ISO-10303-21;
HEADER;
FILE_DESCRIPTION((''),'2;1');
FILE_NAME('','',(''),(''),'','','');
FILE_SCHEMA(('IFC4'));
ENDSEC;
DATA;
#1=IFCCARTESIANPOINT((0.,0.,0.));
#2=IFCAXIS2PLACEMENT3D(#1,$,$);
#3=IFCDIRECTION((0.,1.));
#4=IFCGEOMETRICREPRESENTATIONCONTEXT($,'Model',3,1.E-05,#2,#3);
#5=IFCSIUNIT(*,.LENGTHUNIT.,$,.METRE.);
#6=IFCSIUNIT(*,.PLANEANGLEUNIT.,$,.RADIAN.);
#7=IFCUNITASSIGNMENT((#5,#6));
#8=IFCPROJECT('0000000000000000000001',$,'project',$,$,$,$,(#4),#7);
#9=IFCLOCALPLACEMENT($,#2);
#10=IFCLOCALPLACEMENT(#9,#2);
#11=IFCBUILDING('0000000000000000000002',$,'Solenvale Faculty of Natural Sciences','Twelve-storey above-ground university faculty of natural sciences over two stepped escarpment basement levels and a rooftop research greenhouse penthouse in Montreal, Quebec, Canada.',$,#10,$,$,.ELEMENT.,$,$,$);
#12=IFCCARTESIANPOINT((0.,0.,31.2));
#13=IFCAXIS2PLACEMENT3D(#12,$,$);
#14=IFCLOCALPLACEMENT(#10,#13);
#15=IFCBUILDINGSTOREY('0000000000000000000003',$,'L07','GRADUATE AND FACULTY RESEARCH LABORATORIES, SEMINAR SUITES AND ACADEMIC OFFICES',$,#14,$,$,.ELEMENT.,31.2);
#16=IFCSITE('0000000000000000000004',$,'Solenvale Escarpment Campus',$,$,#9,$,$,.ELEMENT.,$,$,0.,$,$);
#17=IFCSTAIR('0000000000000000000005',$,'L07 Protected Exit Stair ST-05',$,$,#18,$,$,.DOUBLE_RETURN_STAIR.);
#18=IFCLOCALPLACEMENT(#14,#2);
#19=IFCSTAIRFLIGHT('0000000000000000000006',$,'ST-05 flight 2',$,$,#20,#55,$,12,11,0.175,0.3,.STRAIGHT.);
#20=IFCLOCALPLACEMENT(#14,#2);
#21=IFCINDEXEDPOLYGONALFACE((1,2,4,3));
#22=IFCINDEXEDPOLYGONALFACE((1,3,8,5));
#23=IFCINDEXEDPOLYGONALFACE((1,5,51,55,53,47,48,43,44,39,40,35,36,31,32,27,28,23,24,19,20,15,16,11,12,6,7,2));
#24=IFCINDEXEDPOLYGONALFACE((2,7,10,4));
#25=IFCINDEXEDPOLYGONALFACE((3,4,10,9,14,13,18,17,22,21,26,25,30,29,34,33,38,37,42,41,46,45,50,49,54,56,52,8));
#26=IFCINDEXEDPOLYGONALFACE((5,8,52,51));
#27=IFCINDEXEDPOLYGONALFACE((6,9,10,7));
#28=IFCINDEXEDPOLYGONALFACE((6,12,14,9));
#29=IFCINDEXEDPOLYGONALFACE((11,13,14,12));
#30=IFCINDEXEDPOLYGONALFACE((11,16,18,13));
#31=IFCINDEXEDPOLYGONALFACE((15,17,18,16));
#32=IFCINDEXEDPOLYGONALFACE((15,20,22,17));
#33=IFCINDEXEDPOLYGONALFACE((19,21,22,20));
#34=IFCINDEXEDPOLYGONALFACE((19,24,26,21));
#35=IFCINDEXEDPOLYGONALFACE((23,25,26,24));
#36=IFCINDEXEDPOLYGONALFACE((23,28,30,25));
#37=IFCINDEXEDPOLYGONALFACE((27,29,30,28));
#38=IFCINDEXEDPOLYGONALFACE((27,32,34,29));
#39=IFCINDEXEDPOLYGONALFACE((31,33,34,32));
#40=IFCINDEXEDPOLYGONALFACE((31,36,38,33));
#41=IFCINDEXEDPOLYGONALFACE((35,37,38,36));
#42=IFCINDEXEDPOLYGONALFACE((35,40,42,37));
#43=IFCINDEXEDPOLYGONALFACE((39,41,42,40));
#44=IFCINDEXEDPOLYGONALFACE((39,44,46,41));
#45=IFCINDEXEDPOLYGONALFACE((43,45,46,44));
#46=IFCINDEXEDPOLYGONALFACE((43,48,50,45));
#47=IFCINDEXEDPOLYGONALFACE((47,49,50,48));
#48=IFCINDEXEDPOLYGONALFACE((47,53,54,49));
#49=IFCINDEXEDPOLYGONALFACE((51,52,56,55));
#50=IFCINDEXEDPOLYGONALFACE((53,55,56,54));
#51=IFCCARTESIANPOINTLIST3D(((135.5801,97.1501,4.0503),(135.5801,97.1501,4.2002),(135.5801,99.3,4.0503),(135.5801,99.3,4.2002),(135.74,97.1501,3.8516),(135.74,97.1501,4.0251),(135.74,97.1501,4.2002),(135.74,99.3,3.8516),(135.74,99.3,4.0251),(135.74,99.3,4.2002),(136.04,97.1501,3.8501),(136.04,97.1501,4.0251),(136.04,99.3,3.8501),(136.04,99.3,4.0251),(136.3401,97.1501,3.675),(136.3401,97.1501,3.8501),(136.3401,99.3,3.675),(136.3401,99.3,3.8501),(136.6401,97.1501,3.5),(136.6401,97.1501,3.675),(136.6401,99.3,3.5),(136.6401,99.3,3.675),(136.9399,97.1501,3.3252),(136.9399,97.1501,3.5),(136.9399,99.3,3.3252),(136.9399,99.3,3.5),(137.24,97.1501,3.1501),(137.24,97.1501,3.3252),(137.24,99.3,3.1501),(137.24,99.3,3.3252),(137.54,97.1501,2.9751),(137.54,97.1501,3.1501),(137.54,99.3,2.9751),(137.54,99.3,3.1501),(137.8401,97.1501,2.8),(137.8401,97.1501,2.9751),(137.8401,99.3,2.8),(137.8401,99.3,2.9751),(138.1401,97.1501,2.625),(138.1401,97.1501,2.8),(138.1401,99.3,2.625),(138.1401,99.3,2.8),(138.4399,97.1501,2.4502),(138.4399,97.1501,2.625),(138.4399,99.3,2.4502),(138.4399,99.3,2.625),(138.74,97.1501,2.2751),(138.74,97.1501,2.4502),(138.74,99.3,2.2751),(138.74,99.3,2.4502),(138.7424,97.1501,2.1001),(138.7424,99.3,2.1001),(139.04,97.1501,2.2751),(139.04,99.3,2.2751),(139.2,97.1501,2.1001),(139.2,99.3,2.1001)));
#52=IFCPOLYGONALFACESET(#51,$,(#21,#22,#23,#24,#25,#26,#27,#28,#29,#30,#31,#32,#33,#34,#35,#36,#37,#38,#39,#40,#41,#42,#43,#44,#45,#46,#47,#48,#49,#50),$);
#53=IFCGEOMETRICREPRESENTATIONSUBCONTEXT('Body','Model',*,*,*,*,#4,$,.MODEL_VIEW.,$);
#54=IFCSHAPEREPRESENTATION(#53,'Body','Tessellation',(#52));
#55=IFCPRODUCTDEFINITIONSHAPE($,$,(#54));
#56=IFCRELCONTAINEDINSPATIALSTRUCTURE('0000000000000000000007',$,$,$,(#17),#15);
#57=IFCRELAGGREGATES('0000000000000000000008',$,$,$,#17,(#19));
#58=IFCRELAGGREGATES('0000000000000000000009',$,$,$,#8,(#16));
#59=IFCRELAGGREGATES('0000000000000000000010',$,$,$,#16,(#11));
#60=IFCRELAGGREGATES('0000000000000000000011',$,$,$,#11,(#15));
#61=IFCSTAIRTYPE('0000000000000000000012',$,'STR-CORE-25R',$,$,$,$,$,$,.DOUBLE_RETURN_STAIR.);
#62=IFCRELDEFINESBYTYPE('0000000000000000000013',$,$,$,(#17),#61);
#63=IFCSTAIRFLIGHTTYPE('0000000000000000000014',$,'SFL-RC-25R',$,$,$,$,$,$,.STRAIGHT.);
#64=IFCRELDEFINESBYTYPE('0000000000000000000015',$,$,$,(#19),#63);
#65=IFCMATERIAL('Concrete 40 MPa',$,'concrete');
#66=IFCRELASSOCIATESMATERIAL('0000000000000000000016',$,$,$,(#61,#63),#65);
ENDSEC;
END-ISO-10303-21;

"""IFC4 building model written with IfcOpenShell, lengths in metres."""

from ifc_helpers import new_model, si_unit, direction, frame, origin, place, context, subcontext, project, spatial, polyline, outline, extrude, material, type_object, element, aggregate, save


model = new_model("IFC4")

# Units and contexts
model_context = context("Model", 3, precision=1e-05, world=origin(), true_north=direction((0.0, 1.0)))
body_context = subcontext(model_context, "Body", "Model", "MODEL_VIEW")
ifc_project = project(units=[si_unit("LENGTHUNIT", "METRE"), si_unit("PLANEANGLEUNIT", "RADIAN")], contexts=[model_context])

# Site, building, storey
site_placement = place(None, origin())
site = spatial("IfcSite", under=ifc_project, at=site_placement, Name="Solenvale Escarpment Campus", CompositionType="ELEMENT", RefElevation=0.0)
building_placement = place(site_placement, origin())
building = spatial("IfcBuilding", under=site, at=building_placement, Name="Solenvale Faculty of Natural Sciences", Description="Twelve-storey above-ground university faculty of natural sciences over two stepped escarpment basement levels and a rooftop research greenhouse penthouse in Montreal, Quebec, Canada.", CompositionType="ELEMENT")
storey_placement = place(building_placement, frame((0.0, 0.0, 31.2)))
storey = spatial("IfcBuildingStorey", under=building, at=storey_placement, Name="L07", Description="GRADUATE AND FACULTY RESEARCH LABORATORIES, SEMINAR SUITES AND ACADEMIC OFFICES", CompositionType="ELEMENT", Elevation=31.2)

# Shared definitions
ifc_material_1 = material(Name="Concrete 40 MPa", Category="concrete")

# Stair, stair flight
stair_type = type_object("IfcStairType", Name="STR-CORE-25R", PredefinedType="DOUBLE_RETURN_STAIR", material=ifc_material_1)
stair_placement = place(storey_placement, origin())
stair = element("IfcStair", 1, at=stair_placement, inside=storey, type_object=stair_type, Name="L07 Protected Exit Stair ST-05", PredefinedType="DOUBLE_RETURN_STAIR")
stair_flight_type = type_object("IfcStairFlightType", Name="SFL-RC-25R", PredefinedType="STRAIGHT", material=ifc_material_1)
stair_flight_placement = place(storey_placement, frame((139.04, 98.2251, 2.1001), z_axis=(0.0, 0.0, 1.0), x_axis=(-1.0, 0.0, 0.0)))
stair_flight = element("IfcStairFlight", 2, at=stair_flight_placement, type_object=stair_flight_type, Name="ST-05 flight 2", NumberOfRisers=12, NumberOfTreads=11, PredefinedType="STRAIGHT", RiserHeight=0.175, TreadLength=0.3, context=body_context, shape_type="SweptSolid", body=[
    extrude(outline(polyline([(-0.1599, 0.0), (0.0, 0.175), (0.3, 0.175), (0.3, 0.3501), (0.6001, 0.3501), (0.6001, 0.5249), (0.8999, 0.5249), (0.8999, 0.7), (1.2, 0.7), (1.2, 0.875), (1.5, 0.875), (1.5, 1.05), (1.8, 1.05), (1.8, 1.2251), (2.1001, 1.2251), (2.1001, 1.3999), (2.3999, 1.3999), (2.3999, 1.575), (2.7, 1.575), (2.7, 1.75), (3.0, 1.75), (3.0, 1.925), (3.3, 1.925), (3.3, 2.1001), (3.46, 2.1001), (3.46, 1.9502), (3.3, 1.7515), (0.2976, 0.0), (-0.1599, 0.0)])), frame((0.0, 1.075, 0.0), z_axis=(0.0, -1.0, 0.0), x_axis=(1.0, 0.0, 0.0)), (0.0, 0.0, 1.0), 2.1499),
])
aggregate(stair, [stair_flight])

save(model, "model.ifc")
